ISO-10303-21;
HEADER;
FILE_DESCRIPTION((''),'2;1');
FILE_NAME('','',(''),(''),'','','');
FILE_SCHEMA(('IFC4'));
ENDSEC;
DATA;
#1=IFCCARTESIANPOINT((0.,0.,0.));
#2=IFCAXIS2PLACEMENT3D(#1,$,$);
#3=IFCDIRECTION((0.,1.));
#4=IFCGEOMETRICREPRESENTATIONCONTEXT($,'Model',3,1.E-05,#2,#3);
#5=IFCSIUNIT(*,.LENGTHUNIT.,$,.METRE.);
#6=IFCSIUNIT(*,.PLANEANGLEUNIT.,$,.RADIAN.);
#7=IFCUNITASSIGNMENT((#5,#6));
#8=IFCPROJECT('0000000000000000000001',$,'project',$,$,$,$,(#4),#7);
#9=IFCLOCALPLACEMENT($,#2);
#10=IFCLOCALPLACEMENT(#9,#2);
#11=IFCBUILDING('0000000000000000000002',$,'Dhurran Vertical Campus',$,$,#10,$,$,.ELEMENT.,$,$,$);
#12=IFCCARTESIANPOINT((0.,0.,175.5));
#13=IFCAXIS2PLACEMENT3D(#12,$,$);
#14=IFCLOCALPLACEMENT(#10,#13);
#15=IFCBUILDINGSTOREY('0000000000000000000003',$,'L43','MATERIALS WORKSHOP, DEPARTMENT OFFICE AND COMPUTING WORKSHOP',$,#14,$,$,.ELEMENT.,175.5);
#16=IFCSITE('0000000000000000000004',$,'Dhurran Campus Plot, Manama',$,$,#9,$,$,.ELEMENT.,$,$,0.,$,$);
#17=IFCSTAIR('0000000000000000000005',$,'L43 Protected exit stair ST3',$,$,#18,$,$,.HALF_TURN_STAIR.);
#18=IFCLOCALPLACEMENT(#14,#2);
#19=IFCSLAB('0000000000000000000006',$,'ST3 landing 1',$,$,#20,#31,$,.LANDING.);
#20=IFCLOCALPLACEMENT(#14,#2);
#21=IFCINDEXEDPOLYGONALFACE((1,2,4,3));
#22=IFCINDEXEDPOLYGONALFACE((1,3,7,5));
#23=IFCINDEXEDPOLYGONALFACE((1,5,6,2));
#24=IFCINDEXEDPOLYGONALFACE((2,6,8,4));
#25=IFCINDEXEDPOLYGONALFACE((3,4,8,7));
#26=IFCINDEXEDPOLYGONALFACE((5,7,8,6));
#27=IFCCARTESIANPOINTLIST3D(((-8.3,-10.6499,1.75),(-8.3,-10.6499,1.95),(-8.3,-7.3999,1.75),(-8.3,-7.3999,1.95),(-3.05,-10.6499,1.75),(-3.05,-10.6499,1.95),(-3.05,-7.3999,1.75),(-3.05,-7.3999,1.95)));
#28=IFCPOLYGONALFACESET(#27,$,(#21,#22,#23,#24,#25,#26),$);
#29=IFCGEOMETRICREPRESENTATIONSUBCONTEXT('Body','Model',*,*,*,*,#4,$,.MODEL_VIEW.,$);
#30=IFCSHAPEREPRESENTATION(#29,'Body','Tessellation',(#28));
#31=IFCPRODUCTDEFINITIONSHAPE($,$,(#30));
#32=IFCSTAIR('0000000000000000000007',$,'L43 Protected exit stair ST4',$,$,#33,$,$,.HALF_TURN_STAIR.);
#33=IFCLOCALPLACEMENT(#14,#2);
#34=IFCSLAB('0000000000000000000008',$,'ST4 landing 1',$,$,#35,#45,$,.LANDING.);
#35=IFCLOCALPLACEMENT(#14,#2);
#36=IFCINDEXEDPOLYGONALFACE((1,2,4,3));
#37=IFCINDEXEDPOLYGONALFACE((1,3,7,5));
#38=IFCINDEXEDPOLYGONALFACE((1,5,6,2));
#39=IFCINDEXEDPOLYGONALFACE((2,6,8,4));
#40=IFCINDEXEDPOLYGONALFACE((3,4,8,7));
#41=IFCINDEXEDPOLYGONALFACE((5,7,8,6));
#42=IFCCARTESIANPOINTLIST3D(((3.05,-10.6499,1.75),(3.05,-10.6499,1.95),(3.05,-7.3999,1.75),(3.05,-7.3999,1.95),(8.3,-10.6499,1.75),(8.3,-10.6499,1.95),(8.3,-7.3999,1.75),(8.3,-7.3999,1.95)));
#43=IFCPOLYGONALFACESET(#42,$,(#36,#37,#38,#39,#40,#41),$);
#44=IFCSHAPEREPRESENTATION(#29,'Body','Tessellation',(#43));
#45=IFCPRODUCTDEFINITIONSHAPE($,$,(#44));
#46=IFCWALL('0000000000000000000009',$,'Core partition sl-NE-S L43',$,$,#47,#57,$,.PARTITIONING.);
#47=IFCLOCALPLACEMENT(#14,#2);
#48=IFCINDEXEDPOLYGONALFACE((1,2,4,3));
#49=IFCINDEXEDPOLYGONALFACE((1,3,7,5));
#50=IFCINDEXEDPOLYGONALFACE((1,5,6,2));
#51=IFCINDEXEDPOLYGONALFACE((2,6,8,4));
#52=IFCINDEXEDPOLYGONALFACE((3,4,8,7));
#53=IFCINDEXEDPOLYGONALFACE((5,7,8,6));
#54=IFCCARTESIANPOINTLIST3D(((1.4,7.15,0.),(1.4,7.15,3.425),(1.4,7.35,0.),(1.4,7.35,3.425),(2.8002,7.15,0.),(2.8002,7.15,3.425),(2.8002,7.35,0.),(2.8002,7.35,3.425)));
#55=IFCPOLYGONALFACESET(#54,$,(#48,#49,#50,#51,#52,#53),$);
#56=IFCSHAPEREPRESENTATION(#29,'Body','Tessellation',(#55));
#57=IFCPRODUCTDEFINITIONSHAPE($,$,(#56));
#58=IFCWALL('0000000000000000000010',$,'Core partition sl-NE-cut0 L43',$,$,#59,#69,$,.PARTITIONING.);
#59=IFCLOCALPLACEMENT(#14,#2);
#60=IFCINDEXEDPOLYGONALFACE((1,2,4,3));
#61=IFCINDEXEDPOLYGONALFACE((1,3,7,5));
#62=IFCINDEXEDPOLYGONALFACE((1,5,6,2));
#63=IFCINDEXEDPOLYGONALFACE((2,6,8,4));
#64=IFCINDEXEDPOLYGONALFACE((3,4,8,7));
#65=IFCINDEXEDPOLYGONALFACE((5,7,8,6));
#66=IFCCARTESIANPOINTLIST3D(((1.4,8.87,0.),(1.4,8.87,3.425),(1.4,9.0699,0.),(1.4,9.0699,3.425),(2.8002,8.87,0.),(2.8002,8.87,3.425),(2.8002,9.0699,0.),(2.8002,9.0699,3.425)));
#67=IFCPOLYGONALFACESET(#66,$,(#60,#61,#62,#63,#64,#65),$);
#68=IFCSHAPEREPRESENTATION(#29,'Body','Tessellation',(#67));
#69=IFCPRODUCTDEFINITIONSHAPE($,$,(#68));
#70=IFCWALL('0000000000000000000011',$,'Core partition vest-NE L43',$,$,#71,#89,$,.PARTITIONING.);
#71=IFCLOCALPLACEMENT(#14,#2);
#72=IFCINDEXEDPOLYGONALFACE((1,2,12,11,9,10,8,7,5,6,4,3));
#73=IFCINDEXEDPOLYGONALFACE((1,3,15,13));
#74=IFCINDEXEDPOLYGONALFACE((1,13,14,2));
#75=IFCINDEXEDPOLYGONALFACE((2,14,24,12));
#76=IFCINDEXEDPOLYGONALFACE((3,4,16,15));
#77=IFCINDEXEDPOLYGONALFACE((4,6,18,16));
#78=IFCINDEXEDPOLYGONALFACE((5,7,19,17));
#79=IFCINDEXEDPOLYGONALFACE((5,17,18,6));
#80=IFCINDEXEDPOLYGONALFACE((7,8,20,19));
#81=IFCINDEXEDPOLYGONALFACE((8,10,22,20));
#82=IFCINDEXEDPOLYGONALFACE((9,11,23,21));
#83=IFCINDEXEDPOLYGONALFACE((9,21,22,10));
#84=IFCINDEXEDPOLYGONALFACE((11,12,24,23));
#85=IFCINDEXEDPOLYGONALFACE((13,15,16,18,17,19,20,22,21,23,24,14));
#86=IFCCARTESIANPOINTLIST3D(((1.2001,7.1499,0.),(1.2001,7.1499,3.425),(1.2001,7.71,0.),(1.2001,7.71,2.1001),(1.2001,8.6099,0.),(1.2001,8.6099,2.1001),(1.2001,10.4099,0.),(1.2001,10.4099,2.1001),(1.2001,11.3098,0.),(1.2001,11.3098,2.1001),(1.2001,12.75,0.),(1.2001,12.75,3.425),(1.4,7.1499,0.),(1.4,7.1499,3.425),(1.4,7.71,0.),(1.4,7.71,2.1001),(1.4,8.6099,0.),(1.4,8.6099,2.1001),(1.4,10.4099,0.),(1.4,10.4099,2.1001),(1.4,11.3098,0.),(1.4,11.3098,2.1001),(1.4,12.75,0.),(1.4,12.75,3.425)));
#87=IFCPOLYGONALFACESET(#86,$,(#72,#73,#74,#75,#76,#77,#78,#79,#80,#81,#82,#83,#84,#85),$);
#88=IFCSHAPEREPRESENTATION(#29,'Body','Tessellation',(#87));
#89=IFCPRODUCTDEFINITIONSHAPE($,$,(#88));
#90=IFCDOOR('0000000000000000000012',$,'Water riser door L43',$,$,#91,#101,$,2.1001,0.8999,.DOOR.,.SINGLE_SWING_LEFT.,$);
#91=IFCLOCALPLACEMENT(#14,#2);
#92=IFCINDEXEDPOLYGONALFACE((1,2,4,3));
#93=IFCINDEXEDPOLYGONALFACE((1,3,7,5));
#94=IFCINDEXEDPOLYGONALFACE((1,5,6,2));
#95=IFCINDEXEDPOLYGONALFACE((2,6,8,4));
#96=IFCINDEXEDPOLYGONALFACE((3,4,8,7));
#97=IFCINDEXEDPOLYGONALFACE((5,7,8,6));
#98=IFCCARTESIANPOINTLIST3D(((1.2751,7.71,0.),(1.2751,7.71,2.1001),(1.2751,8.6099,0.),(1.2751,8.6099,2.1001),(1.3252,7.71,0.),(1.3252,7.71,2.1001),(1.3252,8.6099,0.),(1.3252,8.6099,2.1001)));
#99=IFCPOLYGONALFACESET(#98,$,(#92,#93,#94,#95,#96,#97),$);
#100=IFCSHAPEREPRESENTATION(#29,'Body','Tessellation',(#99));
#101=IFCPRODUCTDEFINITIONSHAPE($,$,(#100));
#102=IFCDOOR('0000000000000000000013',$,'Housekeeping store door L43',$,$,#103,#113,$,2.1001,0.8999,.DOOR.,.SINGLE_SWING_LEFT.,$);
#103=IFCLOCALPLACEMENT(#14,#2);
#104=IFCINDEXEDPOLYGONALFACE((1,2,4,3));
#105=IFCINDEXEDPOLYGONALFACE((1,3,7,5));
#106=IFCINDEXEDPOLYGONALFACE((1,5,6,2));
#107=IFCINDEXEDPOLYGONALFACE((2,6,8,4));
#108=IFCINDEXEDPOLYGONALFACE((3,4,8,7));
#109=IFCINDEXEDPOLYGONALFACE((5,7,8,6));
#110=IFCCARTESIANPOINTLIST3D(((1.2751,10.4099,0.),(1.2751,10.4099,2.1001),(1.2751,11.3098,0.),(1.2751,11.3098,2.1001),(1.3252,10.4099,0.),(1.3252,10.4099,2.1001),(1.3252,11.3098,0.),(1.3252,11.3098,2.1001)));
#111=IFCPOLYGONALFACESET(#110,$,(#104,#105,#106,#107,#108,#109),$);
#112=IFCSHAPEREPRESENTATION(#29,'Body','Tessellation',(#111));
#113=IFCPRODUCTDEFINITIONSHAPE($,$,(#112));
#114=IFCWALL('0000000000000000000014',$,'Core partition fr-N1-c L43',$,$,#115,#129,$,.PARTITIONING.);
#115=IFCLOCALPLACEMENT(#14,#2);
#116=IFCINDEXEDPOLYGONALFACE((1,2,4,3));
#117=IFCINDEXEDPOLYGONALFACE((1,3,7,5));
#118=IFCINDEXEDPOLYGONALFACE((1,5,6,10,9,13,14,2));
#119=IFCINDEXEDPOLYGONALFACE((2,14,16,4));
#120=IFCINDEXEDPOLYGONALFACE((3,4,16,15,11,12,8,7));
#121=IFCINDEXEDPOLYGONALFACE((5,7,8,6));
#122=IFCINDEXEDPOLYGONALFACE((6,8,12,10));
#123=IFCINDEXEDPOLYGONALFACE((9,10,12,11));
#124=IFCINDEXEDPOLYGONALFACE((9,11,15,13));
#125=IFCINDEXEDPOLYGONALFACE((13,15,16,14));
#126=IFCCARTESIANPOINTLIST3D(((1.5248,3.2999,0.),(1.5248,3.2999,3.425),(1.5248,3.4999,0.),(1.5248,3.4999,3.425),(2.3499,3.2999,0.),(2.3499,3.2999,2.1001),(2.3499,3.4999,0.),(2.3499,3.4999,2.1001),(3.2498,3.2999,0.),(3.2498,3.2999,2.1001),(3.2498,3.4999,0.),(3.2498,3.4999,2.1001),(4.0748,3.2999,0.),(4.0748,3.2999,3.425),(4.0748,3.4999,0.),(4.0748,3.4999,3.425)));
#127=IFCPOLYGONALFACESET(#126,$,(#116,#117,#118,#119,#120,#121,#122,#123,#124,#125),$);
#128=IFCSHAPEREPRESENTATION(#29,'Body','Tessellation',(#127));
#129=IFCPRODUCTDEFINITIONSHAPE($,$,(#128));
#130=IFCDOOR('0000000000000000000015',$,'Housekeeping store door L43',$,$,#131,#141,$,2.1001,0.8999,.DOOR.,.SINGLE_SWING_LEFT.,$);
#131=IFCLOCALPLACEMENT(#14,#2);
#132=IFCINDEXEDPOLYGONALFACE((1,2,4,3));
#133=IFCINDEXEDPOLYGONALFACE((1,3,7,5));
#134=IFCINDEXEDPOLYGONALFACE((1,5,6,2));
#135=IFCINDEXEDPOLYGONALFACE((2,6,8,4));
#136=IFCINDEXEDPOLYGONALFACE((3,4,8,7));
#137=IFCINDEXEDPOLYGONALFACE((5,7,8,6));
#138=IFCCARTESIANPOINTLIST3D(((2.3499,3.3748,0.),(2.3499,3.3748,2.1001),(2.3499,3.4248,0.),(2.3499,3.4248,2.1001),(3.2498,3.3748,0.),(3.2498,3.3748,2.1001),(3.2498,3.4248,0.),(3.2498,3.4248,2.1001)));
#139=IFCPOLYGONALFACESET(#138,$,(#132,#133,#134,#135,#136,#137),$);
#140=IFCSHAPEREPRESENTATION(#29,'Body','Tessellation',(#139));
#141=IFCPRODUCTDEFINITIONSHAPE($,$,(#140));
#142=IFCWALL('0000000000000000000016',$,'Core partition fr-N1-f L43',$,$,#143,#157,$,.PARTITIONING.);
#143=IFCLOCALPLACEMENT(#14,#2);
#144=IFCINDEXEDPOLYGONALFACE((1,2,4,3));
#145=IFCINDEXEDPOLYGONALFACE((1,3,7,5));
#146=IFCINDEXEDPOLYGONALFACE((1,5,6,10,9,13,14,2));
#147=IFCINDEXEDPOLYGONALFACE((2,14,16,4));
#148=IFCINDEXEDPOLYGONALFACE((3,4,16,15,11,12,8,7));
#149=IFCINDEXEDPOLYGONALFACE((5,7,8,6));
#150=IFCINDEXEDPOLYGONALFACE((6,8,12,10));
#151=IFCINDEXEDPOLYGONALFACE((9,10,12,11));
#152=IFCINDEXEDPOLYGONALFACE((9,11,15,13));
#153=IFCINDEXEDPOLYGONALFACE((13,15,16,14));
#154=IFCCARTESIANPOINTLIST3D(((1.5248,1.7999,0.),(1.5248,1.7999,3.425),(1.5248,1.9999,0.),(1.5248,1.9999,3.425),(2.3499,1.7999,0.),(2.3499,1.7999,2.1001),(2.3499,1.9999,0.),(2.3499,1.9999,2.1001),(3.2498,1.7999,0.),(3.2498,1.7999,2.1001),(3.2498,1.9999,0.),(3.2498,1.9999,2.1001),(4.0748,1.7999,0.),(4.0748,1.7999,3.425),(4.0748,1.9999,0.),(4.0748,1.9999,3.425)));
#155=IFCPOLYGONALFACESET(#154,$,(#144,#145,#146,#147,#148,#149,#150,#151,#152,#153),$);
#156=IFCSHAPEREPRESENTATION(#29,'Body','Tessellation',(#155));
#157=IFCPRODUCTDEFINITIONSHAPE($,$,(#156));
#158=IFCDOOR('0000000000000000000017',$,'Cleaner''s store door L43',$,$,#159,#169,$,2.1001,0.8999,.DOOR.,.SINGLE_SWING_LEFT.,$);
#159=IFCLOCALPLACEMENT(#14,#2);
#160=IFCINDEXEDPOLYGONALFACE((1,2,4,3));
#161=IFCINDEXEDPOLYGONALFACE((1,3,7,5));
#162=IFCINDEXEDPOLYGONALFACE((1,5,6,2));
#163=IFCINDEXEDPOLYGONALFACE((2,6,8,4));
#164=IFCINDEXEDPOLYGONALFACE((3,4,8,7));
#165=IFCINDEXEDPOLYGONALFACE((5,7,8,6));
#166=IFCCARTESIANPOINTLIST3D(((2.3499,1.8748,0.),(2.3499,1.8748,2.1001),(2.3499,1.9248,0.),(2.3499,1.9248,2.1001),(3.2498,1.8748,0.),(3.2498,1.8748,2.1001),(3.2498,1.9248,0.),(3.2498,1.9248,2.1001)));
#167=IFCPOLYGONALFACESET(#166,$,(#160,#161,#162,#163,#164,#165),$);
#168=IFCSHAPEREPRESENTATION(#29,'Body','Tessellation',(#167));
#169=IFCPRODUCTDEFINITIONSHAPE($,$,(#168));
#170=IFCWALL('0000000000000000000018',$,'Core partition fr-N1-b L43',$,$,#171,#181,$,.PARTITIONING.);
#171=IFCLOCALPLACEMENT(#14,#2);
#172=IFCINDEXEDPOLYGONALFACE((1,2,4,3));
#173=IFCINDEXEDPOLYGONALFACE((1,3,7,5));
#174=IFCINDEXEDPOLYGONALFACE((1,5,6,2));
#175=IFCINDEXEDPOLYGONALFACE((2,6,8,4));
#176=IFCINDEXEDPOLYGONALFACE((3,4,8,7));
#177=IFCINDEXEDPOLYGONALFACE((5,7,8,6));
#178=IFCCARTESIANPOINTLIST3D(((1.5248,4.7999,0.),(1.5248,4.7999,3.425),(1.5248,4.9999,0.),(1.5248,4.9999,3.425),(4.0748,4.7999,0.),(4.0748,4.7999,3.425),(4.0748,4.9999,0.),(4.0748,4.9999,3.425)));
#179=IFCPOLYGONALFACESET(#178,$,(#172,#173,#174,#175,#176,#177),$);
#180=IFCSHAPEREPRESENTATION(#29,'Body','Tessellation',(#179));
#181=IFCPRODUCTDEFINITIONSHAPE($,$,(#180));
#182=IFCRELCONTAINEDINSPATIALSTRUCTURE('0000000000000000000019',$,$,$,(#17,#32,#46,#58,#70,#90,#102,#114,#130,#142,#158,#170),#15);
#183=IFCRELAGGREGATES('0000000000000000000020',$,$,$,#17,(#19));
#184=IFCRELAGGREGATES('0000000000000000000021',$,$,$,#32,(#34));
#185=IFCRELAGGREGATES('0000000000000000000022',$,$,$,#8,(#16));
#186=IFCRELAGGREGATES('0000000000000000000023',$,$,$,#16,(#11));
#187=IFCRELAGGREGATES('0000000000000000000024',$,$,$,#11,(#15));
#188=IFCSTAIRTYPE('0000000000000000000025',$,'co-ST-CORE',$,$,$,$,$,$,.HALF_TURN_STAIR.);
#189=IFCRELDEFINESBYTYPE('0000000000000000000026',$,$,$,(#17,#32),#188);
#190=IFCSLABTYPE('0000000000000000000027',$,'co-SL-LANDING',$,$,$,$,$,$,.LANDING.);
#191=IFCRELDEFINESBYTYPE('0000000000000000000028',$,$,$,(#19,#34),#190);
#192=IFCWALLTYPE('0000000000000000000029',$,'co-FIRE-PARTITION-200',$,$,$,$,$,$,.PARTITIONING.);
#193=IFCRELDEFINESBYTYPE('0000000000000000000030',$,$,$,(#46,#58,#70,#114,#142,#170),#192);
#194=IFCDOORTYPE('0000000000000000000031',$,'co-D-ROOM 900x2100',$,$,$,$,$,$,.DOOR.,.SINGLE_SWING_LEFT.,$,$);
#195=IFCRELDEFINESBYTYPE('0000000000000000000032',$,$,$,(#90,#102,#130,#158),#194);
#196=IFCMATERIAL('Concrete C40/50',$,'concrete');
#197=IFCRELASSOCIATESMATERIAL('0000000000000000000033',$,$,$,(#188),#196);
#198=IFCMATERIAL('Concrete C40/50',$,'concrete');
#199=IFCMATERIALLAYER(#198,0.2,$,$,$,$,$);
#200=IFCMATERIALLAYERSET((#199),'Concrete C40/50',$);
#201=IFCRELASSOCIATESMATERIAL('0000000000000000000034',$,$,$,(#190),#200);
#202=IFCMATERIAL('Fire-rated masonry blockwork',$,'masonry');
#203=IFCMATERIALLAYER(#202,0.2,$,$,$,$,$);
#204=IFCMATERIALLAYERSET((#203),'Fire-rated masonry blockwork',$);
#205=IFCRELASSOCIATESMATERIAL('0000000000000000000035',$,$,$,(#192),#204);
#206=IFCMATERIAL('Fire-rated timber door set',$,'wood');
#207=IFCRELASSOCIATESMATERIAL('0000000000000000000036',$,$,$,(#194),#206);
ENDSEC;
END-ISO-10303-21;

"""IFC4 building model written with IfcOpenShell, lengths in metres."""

from ifc_helpers import new_model, si_unit, direction, frame, frame_2d, origin, place, context, subcontext, project, spatial, polyline, rectangle, outline, extrude, material, layer, layer_set, type_object, element, fill, aggregate, save


model = new_model("IFC4")

# Units and contexts
model_context = context("Model", 3, precision=1e-05, world=origin(), true_north=direction((0.0, 1.0)))
body_context = subcontext(model_context, "Body", "Model", "MODEL_VIEW")
ifc_project = project(units=[si_unit("LENGTHUNIT", "METRE"), si_unit("PLANEANGLEUNIT", "RADIAN")], contexts=[model_context])

# Site, building, storey
site_placement = place(None, origin())
site = spatial("IfcSite", under=ifc_project, at=site_placement, Name="Dhurran Campus Plot, Manama", CompositionType="ELEMENT", RefElevation=0.0)
building_placement = place(site_placement, origin())
building = spatial("IfcBuilding", under=site, at=building_placement, Name="Dhurran Vertical Campus", CompositionType="ELEMENT")
storey_placement = place(building_placement, frame((0.0, 0.0, 175.5)))
storey = spatial("IfcBuildingStorey", under=building, at=storey_placement, Name="L43", Description="MATERIALS WORKSHOP, DEPARTMENT OFFICE AND COMPUTING WORKSHOP", CompositionType="ELEMENT", Elevation=175.5)

# Stairs, slabs
ifc_material_1 = material(Name="Concrete C40/50", Category="concrete")
stair_type = type_object("IfcStairType", Name="co-ST-CORE", PredefinedType="HALF_TURN_STAIR", material=ifc_material_1)
stair_1_placement = place(storey_placement, origin())
stair_1 = element("IfcStair", 1, at=stair_1_placement, inside=storey, type_object=stair_type, Name="L43 Protected exit stair ST3", PredefinedType="HALF_TURN_STAIR")
ifc_material_2 = material(Name="Concrete C40/50", Category="concrete")
ifc_layer_1 = layer(ifc_material_2, 0.2)
ifc_layer_set_1 = layer_set([ifc_layer_1], Name="Concrete C40/50")
slab_type = type_object("IfcSlabType", Name="co-SL-LANDING", PredefinedType="LANDING", material=ifc_layer_set_1)
slab_1_placement = place(storey_placement, frame((0.0, 0.0, 1.75)))
slab_1 = element("IfcSlab", 2, at=slab_1_placement, type_object=slab_type, Name="ST3 landing 1", PredefinedType="LANDING", context=body_context, shape_type="SweptSolid", body=[
    extrude(outline(polyline([(-8.3, -10.6499), (-3.05, -10.6499), (-3.05, -7.3999), (-8.3, -7.3999), (-8.3, -10.6499)])), origin(), (0.0, 0.0, 1.0), 0.2),
])
aggregate(stair_1, [slab_1])
stair_2_placement = place(storey_placement, origin())
stair_2 = element("IfcStair", 3, at=stair_2_placement, inside=storey, type_object=stair_type, Name="L43 Protected exit stair ST4", PredefinedType="HALF_TURN_STAIR")
slab_2_placement = place(storey_placement, frame((0.0, 0.0, 1.75)))
slab_2 = element("IfcSlab", 4, at=slab_2_placement, type_object=slab_type, Name="ST4 landing 1", PredefinedType="LANDING", context=body_context, shape_type="SweptSolid", body=[
    extrude(outline(polyline([(8.3, -7.3999), (3.05, -7.3999), (3.05, -10.6499), (8.3, -10.6499), (8.3, -7.3999)])), origin(), (0.0, 0.0, 1.0), 0.2),
])
aggregate(stair_2, [slab_2])

# Walls
ifc_material_3 = material(Name="Fire-rated masonry blockwork", Category="masonry")
ifc_layer_2 = layer(ifc_material_3, 0.2)
ifc_layer_set_2 = layer_set([ifc_layer_2], Name="Fire-rated masonry blockwork")
wall_type_1 = type_object("IfcWallType", Name="co-FIRE-PARTITION-200", PredefinedType="PARTITIONING", material=ifc_layer_set_2)
for number, where, z_axis, x_axis, name in (
    (5, (1.3999, 7.25, 0.0), (0.0, 0.0, 1.0), (1.0, 0.0, 0.0), "Core partition sl-NE-S L43"),
    (6, (1.3999, 8.97, 0.0), (0.0, 0.0, 1.0), (1.0, 0.0, 0.0), "Core partition sl-NE-cut0 L43"),
):
    element("IfcWall", number, at=place(storey_placement, frame(where, z_axis=z_axis, x_axis=x_axis)), inside=storey, type_object=wall_type_1, Name=name, PredefinedType="PARTITIONING", context=body_context, shape_type="SweptSolid", body=[
        extrude(rectangle(XDim=1.4001, YDim=0.2, at=frame_2d((0.7002, 0.0))), origin(), (0.0, 0.0, 1.0), 3.425),
    ])

# Wall, openings, doors
wall_1_placement = place(storey_placement, frame((1.3, 7.1499, 0.0), z_axis=(0.0, 0.0, 1.0), x_axis=(0.0, 1.0, 0.0)))
wall_1 = element("IfcWall", 7, at=wall_1_placement, inside=storey, type_object=wall_type_1, Name="Core partition vest-NE L43", PredefinedType="PARTITIONING", context=body_context, shape_type="SweptSolid", body=[
    extrude(rectangle(XDim=5.6001, YDim=0.2, at=frame_2d((2.8, 0.0))), origin(), (0.0, 0.0, 1.0), 3.425),
])
opening_1_placement = place(wall_1_placement, frame((0.5601, 0.0, 0.0)))
opening_1 = element("IfcOpeningElement", 8, at=opening_1_placement, cuts=wall_1, PredefinedType="OPENING", context=body_context, shape_type="SweptSolid", body=[
    extrude(rectangle(XDim=0.8999, YDim=2.1001, at=frame_2d((0.45, 1.05))), frame((0.0, 0.1099, 0.0), z_axis=(0.0, -1.0, 0.0), x_axis=(1.0, 0.0, 0.0)), (0.0, 0.0, 1.0), 0.22),
])
opening_2_placement = place(wall_1_placement, frame((3.26, 0.0, 0.0)))
opening_2 = element("IfcOpeningElement", 9, at=opening_2_placement, cuts=wall_1, PredefinedType="OPENING", context=body_context, shape_type="SweptSolid", body=[
    extrude(rectangle(XDim=0.8999, YDim=2.1001, at=frame_2d((0.45, 1.05))), frame((0.0, 0.1099, 0.0), z_axis=(0.0, -1.0, 0.0), x_axis=(1.0, 0.0, 0.0)), (0.0, 0.0, 1.0), 0.22),
])
ifc_material_4 = material(Name="Fire-rated timber door set", Category="wood")
door_type_1 = type_object("IfcDoorType", Name="co-D-ROOM 900x2100", OperationType="SINGLE_SWING_LEFT", PredefinedType="DOOR", material=ifc_material_4)
door_1_placement = place(opening_1_placement, origin())
door_1 = element("IfcDoor", 10, at=door_1_placement, inside=storey, type_object=door_type_1, Name="Water riser door L43", OperationType="SINGLE_SWING_LEFT", OverallHeight=2.1001, OverallWidth=0.8999, PredefinedType="DOOR", context=body_context, shape_type="SweptSolid", body=[
    extrude(rectangle(XDim=0.8999, YDim=2.1001, at=frame_2d((0.45, 1.05))), frame((0.0, 0.0249, 0.0), z_axis=(0.0, -1.0, 0.0), x_axis=(1.0, 0.0, 0.0)), (0.0, 0.0, 1.0), 0.05),
])
fill(opening_1, door_1)
door_2_placement = place(opening_2_placement, origin())
door_2 = element("IfcDoor", 11, at=door_2_placement, inside=storey, type_object=door_type_1, Name="Housekeeping store door L43", OperationType="SINGLE_SWING_LEFT", OverallHeight=2.1001, OverallWidth=0.8999, PredefinedType="DOOR", context=body_context, shape_type="SweptSolid", body=[
    extrude(rectangle(XDim=0.8999, YDim=2.1001, at=frame_2d((0.45, 1.05))), frame((0.0, 0.0249, 0.0), z_axis=(0.0, -1.0, 0.0), x_axis=(1.0, 0.0, 0.0)), (0.0, 0.0, 1.0), 0.05),
])
fill(opening_2, door_2)

# Walls, openings, doors
wall_2_placement = place(storey_placement, frame((1.5249, 3.3999, 0.0), z_axis=(0.0, 0.0, 1.0), x_axis=(1.0, 0.0, 0.0)))
wall_2 = element("IfcWall", 12, at=wall_2_placement, inside=storey, type_object=wall_type_1, Name="Core partition fr-N1-c L43", PredefinedType="PARTITIONING", context=body_context, shape_type="SweptSolid", body=[
    extrude(rectangle(XDim=2.55, YDim=0.2, at=frame_2d((1.2749, 0.0))), origin(), (0.0, 0.0, 1.0), 3.425),
])
opening_3_placement = place(wall_2_placement, frame((0.825, 0.0, 0.0)))
opening_3 = element("IfcOpeningElement", 13, at=opening_3_placement, cuts=wall_2, PredefinedType="OPENING", context=body_context, shape_type="SweptSolid", body=[
    extrude(rectangle(XDim=0.8999, YDim=2.1001, at=frame_2d((0.45, 1.05))), frame((0.0, 0.1099, 0.0), z_axis=(0.0, -1.0, 0.0), x_axis=(1.0, 0.0, 0.0)), (0.0, 0.0, 1.0), 0.22),
])
door_3_placement = place(opening_3_placement, origin())
door_3 = element("IfcDoor", 14, at=door_3_placement, inside=storey, type_object=door_type_1, Name="Housekeeping store door L43", OperationType="SINGLE_SWING_LEFT", OverallHeight=2.1001, OverallWidth=0.8999, PredefinedType="DOOR", context=body_context, shape_type="SweptSolid", body=[
    extrude(rectangle(XDim=0.8999, YDim=2.1001, at=frame_2d((0.45, 1.05))), frame((0.0, 0.0249, 0.0), z_axis=(0.0, -1.0, 0.0), x_axis=(1.0, 0.0, 0.0)), (0.0, 0.0, 1.0), 0.05),
])
fill(opening_3, door_3)
wall_3_placement = place(storey_placement, frame((1.5249, 1.8999, 0.0), z_axis=(0.0, 0.0, 1.0), x_axis=(1.0, 0.0, 0.0)))
wall_3 = element("IfcWall", 15, at=wall_3_placement, inside=storey, type_object=wall_type_1, Name="Core partition fr-N1-f L43", PredefinedType="PARTITIONING", context=body_context, shape_type="SweptSolid", body=[
    extrude(rectangle(XDim=2.55, YDim=0.2, at=frame_2d((1.2749, 0.0))), origin(), (0.0, 0.0, 1.0), 3.425),
])
opening_4_placement = place(wall_3_placement, frame((0.825, 0.0, 0.0)))
opening_4 = element("IfcOpeningElement", 16, at=opening_4_placement, cuts=wall_3, PredefinedType="OPENING", context=body_context, shape_type="SweptSolid", body=[
    extrude(rectangle(XDim=0.8999, YDim=2.1001, at=frame_2d((0.45, 1.05))), frame((0.0, 0.1099, 0.0), z_axis=(0.0, -1.0, 0.0), x_axis=(1.0, 0.0, 0.0)), (0.0, 0.0, 1.0), 0.22),
])
door_4_placement = place(opening_4_placement, origin())
door_4 = element("IfcDoor", 17, at=door_4_placement, inside=storey, type_object=door_type_1, Name="Cleaner's store door L43", OperationType="SINGLE_SWING_LEFT", OverallHeight=2.1001, OverallWidth=0.8999, PredefinedType="DOOR", context=body_context, shape_type="SweptSolid", body=[
    extrude(rectangle(XDim=0.8999, YDim=2.1001, at=frame_2d((0.45, 1.05))), frame((0.0, 0.0249, 0.0), z_axis=(0.0, -1.0, 0.0), x_axis=(1.0, 0.0, 0.0)), (0.0, 0.0, 1.0), 0.05),
])
fill(opening_4, door_4)

# Wall
wall_4_placement = place(storey_placement, frame((1.5249, 4.8999, 0.0), z_axis=(0.0, 0.0, 1.0), x_axis=(1.0, 0.0, 0.0)))
element("IfcWall", 18, at=wall_4_placement, inside=storey, type_object=wall_type_1, Name="Core partition fr-N1-b L43", PredefinedType="PARTITIONING", context=body_context, shape_type="SweptSolid", body=[
    extrude(rectangle(XDim=2.55, YDim=0.2, at=frame_2d((1.2749, 0.0))), origin(), (0.0, 0.0, 1.0), 3.425),
])

save(model, "model.ifc")
